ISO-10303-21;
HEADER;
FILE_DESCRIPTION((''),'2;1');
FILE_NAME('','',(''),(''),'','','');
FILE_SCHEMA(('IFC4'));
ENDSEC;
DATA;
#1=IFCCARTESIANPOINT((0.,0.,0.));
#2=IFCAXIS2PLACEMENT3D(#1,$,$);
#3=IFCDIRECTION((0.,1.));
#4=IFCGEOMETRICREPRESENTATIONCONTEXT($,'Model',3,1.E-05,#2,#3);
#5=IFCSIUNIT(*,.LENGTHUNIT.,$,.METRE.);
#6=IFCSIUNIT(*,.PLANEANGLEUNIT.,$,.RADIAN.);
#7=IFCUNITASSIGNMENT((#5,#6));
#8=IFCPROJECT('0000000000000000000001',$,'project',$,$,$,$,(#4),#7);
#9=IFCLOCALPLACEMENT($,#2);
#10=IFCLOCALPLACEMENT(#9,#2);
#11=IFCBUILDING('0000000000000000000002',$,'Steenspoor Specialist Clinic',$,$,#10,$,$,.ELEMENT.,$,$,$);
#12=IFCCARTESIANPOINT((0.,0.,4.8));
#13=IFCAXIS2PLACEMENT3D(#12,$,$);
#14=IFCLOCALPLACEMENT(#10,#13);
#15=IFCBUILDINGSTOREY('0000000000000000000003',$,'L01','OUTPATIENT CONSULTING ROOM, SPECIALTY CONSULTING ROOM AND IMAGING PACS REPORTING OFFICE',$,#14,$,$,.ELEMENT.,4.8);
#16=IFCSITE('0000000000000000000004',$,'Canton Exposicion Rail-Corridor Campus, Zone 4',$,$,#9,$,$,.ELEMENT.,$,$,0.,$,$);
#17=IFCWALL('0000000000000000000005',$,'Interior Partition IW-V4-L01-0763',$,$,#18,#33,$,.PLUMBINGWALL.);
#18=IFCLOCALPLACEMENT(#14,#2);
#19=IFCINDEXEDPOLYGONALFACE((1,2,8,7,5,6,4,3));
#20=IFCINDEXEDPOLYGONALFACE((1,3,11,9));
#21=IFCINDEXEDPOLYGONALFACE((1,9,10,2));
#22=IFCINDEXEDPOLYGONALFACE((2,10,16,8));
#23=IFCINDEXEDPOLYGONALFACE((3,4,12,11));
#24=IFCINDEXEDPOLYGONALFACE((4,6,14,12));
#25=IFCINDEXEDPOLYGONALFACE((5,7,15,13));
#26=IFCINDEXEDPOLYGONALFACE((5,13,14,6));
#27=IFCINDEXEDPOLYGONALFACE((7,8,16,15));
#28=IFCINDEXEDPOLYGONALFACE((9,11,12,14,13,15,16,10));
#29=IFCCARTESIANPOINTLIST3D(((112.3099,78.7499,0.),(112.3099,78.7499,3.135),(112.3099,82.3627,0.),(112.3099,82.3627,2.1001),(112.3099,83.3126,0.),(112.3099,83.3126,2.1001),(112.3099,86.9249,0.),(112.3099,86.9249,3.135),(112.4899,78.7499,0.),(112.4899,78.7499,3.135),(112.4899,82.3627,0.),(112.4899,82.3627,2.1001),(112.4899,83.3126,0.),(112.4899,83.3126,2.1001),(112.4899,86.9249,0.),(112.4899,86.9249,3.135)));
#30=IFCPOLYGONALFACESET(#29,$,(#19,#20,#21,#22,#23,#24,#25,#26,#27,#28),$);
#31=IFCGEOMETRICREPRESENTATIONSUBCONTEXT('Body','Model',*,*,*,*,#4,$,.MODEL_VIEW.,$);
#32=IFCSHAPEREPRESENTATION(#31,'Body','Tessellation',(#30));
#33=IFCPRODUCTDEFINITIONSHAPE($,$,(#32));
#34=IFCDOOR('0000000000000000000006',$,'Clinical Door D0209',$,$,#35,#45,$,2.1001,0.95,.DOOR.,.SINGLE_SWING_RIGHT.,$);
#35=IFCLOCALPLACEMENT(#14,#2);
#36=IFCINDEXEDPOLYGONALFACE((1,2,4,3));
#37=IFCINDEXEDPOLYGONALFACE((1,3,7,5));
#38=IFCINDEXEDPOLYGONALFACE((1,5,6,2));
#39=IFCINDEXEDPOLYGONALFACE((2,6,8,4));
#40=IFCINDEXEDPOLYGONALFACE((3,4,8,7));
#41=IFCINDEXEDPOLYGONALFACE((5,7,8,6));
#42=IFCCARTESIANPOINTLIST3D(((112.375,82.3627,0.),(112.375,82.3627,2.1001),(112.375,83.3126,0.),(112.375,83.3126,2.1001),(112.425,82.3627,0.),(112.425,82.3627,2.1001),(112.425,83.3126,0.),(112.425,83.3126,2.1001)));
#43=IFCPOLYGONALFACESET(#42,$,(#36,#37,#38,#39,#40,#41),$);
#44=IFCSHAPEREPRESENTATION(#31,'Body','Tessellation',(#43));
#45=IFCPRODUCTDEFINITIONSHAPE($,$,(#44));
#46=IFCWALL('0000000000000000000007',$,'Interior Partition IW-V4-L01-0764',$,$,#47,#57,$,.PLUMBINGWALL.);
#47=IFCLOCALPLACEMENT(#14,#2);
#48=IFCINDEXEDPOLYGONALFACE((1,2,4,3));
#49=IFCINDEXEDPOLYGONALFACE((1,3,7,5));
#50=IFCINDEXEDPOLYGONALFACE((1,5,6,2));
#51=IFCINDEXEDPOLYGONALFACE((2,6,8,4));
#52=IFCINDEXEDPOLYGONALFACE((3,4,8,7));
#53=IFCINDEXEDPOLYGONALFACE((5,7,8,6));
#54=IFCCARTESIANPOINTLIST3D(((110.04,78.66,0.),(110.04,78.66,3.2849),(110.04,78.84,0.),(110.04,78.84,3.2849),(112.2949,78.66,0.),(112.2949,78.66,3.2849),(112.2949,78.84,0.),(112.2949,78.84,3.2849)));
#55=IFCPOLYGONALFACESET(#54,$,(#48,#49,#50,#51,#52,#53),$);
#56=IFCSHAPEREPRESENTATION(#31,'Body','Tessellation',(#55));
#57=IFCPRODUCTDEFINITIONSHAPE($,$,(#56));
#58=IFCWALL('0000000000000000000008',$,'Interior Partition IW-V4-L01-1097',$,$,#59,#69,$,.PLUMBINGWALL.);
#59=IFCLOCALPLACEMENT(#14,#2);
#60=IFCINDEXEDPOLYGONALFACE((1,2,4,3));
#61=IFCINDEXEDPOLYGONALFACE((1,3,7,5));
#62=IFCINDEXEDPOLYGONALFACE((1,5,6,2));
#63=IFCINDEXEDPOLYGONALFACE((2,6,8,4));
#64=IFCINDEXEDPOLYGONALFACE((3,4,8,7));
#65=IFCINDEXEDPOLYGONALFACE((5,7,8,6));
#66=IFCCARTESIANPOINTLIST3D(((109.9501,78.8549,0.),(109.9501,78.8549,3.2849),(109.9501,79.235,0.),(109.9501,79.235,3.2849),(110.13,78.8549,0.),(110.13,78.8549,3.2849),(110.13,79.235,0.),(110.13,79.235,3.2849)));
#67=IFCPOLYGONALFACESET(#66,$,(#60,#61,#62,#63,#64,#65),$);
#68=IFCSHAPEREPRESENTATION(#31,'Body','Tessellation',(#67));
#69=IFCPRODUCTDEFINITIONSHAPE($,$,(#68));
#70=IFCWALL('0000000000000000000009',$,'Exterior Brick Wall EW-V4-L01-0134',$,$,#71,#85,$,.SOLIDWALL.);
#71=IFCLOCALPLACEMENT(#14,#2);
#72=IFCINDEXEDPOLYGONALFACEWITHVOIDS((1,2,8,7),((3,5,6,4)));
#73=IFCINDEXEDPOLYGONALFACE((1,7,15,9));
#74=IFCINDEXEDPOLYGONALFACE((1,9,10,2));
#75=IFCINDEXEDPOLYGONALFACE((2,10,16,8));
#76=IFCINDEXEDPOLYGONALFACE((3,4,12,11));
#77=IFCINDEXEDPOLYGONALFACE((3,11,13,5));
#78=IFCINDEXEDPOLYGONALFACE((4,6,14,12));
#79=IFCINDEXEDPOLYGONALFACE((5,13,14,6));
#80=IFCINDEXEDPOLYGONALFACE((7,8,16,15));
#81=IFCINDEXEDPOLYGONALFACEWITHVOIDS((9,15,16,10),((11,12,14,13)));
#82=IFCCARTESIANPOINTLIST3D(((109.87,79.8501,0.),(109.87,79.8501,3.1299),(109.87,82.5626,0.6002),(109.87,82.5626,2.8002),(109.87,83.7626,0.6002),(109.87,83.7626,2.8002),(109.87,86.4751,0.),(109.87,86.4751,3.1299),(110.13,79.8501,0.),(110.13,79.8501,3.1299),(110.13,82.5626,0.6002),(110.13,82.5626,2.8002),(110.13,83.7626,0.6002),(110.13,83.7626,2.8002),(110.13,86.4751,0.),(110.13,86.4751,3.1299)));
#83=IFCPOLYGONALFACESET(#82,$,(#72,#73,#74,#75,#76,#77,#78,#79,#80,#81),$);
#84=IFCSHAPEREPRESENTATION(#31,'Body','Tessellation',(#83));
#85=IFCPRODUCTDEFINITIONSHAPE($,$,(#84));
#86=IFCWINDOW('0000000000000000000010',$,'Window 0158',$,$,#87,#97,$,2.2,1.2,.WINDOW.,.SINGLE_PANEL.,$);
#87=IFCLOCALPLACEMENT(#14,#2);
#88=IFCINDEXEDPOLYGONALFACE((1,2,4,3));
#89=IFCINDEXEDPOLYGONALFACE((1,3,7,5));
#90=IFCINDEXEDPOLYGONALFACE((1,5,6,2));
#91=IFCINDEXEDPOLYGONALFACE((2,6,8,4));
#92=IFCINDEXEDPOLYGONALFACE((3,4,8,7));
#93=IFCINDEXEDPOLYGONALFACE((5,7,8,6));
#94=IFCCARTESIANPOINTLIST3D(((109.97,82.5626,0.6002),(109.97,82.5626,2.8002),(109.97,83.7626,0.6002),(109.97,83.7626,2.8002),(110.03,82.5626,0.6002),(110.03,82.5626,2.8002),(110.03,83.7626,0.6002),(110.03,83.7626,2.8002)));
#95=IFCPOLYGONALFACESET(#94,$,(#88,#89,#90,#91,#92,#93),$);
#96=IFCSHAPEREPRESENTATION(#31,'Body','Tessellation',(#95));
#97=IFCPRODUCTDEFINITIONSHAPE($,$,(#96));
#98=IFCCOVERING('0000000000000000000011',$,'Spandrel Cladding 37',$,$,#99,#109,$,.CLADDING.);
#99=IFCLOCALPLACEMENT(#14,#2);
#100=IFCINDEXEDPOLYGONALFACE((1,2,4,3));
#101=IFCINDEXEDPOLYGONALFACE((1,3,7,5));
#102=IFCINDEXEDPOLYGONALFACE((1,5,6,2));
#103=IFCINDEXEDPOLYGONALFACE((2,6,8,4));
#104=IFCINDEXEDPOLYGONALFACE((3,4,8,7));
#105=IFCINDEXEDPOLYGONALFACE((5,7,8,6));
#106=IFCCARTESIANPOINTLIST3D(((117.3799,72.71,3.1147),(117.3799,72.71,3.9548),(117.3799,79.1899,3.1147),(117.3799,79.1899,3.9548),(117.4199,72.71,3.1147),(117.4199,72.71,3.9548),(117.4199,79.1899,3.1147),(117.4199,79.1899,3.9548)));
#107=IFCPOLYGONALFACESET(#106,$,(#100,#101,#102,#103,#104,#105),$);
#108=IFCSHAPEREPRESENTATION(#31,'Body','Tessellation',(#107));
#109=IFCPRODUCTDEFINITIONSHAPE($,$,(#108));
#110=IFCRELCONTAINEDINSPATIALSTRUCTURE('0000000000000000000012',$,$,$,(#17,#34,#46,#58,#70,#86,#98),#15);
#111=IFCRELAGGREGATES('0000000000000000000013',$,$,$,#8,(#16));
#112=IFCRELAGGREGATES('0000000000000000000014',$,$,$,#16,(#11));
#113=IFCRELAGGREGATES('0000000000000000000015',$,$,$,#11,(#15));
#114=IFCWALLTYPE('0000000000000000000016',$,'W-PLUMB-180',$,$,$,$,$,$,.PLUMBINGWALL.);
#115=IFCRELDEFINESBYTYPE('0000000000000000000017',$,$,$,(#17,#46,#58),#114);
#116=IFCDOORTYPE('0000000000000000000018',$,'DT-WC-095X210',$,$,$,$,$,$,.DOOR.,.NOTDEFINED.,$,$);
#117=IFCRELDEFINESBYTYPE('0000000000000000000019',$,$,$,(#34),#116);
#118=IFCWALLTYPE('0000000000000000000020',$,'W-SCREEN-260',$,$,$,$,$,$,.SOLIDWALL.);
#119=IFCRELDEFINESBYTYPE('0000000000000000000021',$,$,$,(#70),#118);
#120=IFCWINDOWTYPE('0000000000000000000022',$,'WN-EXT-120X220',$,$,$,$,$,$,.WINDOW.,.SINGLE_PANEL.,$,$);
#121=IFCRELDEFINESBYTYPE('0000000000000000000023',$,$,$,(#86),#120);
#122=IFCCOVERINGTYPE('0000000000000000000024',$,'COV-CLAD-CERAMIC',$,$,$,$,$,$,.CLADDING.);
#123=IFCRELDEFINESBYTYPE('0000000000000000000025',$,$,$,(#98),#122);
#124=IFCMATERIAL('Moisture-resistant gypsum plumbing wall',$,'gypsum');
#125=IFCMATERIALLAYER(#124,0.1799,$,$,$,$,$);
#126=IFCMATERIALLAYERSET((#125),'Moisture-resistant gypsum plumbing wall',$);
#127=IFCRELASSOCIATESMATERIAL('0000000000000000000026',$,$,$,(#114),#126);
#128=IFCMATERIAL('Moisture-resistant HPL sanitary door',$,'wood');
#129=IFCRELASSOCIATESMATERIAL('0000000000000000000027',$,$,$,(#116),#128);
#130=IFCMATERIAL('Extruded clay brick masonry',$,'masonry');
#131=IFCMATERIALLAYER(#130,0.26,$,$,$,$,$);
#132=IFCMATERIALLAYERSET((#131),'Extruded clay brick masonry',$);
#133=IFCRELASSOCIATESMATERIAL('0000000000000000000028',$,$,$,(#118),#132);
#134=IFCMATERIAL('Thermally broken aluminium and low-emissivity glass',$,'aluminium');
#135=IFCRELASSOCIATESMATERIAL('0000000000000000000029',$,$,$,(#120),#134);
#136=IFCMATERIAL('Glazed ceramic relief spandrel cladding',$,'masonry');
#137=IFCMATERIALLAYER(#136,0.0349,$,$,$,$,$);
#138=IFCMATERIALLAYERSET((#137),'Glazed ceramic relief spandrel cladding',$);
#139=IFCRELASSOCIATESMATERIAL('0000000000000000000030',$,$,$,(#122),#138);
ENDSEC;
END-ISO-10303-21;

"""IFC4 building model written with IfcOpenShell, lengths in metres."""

from ifc_helpers import new_model, si_unit, direction, frame, frame_2d, origin, origin_2d, place, context, subcontext, project, spatial, rectangle, extrude, material, layer, layer_set, type_object, element, fill, save


model = new_model("IFC4")

# Units and contexts
model_context = context("Model", 3, precision=1e-05, world=origin(), true_north=direction((0.0, 1.0)))
body_context = subcontext(model_context, "Body", "Model", "MODEL_VIEW")
ifc_project = project(units=[si_unit("LENGTHUNIT", "METRE"), si_unit("PLANEANGLEUNIT", "RADIAN")], contexts=[model_context])

# Site, building, storey
site_placement = place(None, origin())
site = spatial("IfcSite", under=ifc_project, at=site_placement, Name="Canton Exposicion Rail-Corridor Campus, Zone 4", CompositionType="ELEMENT", RefElevation=0.0)
building_placement = place(site_placement, origin())
building = spatial("IfcBuilding", under=site, at=building_placement, Name="Steenspoor Specialist Clinic", CompositionType="ELEMENT")
storey_placement = place(building_placement, frame((0.0, 0.0, 4.8)))
storey = spatial("IfcBuildingStorey", under=building, at=storey_placement, Name="L01", Description="OUTPATIENT CONSULTING ROOM, SPECIALTY CONSULTING ROOM AND IMAGING PACS REPORTING OFFICE", CompositionType="ELEMENT", Elevation=4.8)

# Shared definitions
ifc_material_1 = material(Name="Thermally broken aluminium and low-emissivity glass", Category="aluminium")

# Shared definitions
ifc_material_2 = material(Name="Extruded clay brick masonry", Category="masonry")

# Wall, opening, door
ifc_material_3 = material(Name="Moisture-resistant gypsum plumbing wall", Category="gypsum")
ifc_layer_1 = layer(ifc_material_3, 0.1799)
ifc_layer_set_1 = layer_set([ifc_layer_1], Name="Moisture-resistant gypsum plumbing wall")
wall_type_1 = type_object("IfcWallType", Name="W-PLUMB-180", PredefinedType="PLUMBINGWALL", material=ifc_layer_set_1)
wall_1_placement = place(storey_placement, frame((112.3999, 78.75, 0.0), z_axis=(0.0, 0.0, 1.0), x_axis=(0.0, 1.0, 0.0)))
wall_1 = element("IfcWall", 1, at=wall_1_placement, inside=storey, type_object=wall_type_1, Name="Interior Partition IW-V4-L01-0763", PredefinedType="PLUMBINGWALL", context=body_context, shape_type="SweptSolid", body=[
    extrude(rectangle(XDim=8.175, YDim=0.1799, at=frame_2d((4.0874, 0.0))), origin(), (0.0, 0.0, 1.0), 3.135),
])
opening_1_placement = place(wall_1_placement, frame((3.6125, 0.0, 0.0)))
opening_1 = element("IfcOpeningElement", 2, at=opening_1_placement, cuts=wall_1, PredefinedType="OPENING", context=body_context, shape_type="SweptSolid", body=[
    extrude(rectangle(XDim=0.95, YDim=2.1001, at=frame_2d((0.4751, 1.05))), frame((0.0, 0.1001, 0.0), z_axis=(0.0, -1.0, 0.0), x_axis=(1.0, 0.0, 0.0)), (0.0, 0.0, 1.0), 0.2),
])
ifc_material_4 = material(Name="Moisture-resistant HPL sanitary door", Category="wood")
door_type = type_object("IfcDoorType", Name="DT-WC-095X210", OperationType="NOTDEFINED", PredefinedType="DOOR", material=ifc_material_4)
door_placement = place(opening_1_placement, origin())
door = element("IfcDoor", 3, at=door_placement, inside=storey, type_object=door_type, Name="Clinical Door D0209", OperationType="SINGLE_SWING_RIGHT", OverallHeight=2.1001, OverallWidth=0.95, PredefinedType="DOOR", context=body_context, shape_type="SweptSolid", body=[
    extrude(rectangle(XDim=0.95, YDim=2.1001, at=frame_2d((0.4751, 1.05))), frame((0.0, 0.0249, 0.0), z_axis=(0.0, -1.0, 0.0), x_axis=(1.0, 0.0, 0.0)), (0.0, 0.0, 1.0), 0.05),
])
fill(opening_1, door)

# Walls
wall_2_placement = place(storey_placement, frame((110.04, 78.75, 0.0), z_axis=(0.0, 0.0, 1.0), x_axis=(1.0, 0.0, 0.0)))
element("IfcWall", 4, at=wall_2_placement, inside=storey, type_object=wall_type_1, Name="Interior Partition IW-V4-L01-0764", PredefinedType="PLUMBINGWALL", context=body_context, shape_type="SweptSolid", body=[
    extrude(rectangle(XDim=2.2549, YDim=0.1799, at=frame_2d((1.1274, 0.0))), origin(), (0.0, 0.0, 1.0), 3.2849),
])
wall_3_placement = place(storey_placement, frame((110.04, 78.855, 0.0), z_axis=(0.0, 0.0, 1.0), x_axis=(0.0, 1.0, 0.0)))
element("IfcWall", 5, at=wall_3_placement, inside=storey, type_object=wall_type_1, Name="Interior Partition IW-V4-L01-1097", PredefinedType="PLUMBINGWALL", context=body_context, shape_type="SweptSolid", body=[
    extrude(rectangle(XDim=0.3801, YDim=0.1799, at=frame_2d((0.1899, 0.0))), origin(), (0.0, 0.0, 1.0), 3.2849),
])

# Wall, opening, window
ifc_layer_2 = layer(ifc_material_2, 0.26)
ifc_layer_set_2 = layer_set([ifc_layer_2], Name="Extruded clay brick masonry")
wall_type_2 = type_object("IfcWallType", Name="W-SCREEN-260", PredefinedType="SOLIDWALL", material=ifc_layer_set_2)
wall_4_placement = place(storey_placement, frame((110.0, 79.8501, 0.0), z_axis=(0.0, 0.0, 1.0), x_axis=(0.0, 1.0, 0.0)))
wall_4 = element("IfcWall", 6, at=wall_4_placement, inside=storey, type_object=wall_type_2, Name="Exterior Brick Wall EW-V4-L01-0134", PredefinedType="SOLIDWALL", context=body_context, shape_type="SweptSolid", body=[
    extrude(rectangle(XDim=6.625, YDim=0.26, at=frame_2d((3.3125, 0.0))), origin(), (0.0, 0.0, 1.0), 3.1299),
])
opening_2_placement = place(wall_4_placement, frame((2.7124, 0.0, 0.6001)))
opening_2 = element("IfcOpeningElement", 7, at=opening_2_placement, cuts=wall_4, PredefinedType="OPENING", context=body_context, shape_type="SweptSolid", body=[
    extrude(rectangle(XDim=1.2, YDim=2.2, at=frame_2d((0.6001, 1.1001))), frame((0.0, 0.1401, 0.0), z_axis=(0.0, -1.0, 0.0), x_axis=(1.0, 0.0, 0.0)), (0.0, 0.0, 1.0), 0.28),
])
window_type_1 = type_object("IfcWindowType", Name="WN-EXT-120X220", PartitioningType="SINGLE_PANEL", PredefinedType="WINDOW", material=ifc_material_1)
window_1_placement = place(opening_2_placement, origin())
window_1 = element("IfcWindow", 8, at=window_1_placement, inside=storey, type_object=window_type_1, Name="Window 0158", OverallHeight=2.2, OverallWidth=1.2, PartitioningType="SINGLE_PANEL", PredefinedType="WINDOW", context=body_context, shape_type="SweptSolid", body=[
    extrude(rectangle(XDim=1.2, YDim=2.2, at=frame_2d((0.6001, 1.1001))), frame((0.0, 0.03, 0.0), z_axis=(0.0, -1.0, 0.0), x_axis=(1.0, 0.0, 0.0)), (0.0, 0.0, 1.0), 0.0601),
])
fill(opening_2, window_1)

# Covering
ifc_material_5 = material(Name="Glazed ceramic relief spandrel cladding", Category="masonry")
ifc_layer_3 = layer(ifc_material_5, 0.0349)
ifc_layer_set_3 = layer_set([ifc_layer_3], Name="Glazed ceramic relief spandrel cladding")
covering_type = type_object("IfcCoveringType", Name="COV-CLAD-CERAMIC", PredefinedType="CLADDING", material=ifc_layer_set_3)
covering_placement = place(storey_placement, frame((117.3999, 75.95, 3.1147), z_axis=(0.0, 0.0, 1.0), x_axis=(0.0, -1.0, 0.0)))
element("IfcCovering", 9, at=covering_placement, inside=storey, type_object=covering_type, Name="Spandrel Cladding 37", PredefinedType="CLADDING", context=body_context, shape_type="SweptSolid", body=[
    extrude(rectangle(XDim=6.48, YDim=0.04, at=origin_2d()), origin(), (0.0, 0.0, 1.0), 0.8401),
])

save(model, "model.ifc")
